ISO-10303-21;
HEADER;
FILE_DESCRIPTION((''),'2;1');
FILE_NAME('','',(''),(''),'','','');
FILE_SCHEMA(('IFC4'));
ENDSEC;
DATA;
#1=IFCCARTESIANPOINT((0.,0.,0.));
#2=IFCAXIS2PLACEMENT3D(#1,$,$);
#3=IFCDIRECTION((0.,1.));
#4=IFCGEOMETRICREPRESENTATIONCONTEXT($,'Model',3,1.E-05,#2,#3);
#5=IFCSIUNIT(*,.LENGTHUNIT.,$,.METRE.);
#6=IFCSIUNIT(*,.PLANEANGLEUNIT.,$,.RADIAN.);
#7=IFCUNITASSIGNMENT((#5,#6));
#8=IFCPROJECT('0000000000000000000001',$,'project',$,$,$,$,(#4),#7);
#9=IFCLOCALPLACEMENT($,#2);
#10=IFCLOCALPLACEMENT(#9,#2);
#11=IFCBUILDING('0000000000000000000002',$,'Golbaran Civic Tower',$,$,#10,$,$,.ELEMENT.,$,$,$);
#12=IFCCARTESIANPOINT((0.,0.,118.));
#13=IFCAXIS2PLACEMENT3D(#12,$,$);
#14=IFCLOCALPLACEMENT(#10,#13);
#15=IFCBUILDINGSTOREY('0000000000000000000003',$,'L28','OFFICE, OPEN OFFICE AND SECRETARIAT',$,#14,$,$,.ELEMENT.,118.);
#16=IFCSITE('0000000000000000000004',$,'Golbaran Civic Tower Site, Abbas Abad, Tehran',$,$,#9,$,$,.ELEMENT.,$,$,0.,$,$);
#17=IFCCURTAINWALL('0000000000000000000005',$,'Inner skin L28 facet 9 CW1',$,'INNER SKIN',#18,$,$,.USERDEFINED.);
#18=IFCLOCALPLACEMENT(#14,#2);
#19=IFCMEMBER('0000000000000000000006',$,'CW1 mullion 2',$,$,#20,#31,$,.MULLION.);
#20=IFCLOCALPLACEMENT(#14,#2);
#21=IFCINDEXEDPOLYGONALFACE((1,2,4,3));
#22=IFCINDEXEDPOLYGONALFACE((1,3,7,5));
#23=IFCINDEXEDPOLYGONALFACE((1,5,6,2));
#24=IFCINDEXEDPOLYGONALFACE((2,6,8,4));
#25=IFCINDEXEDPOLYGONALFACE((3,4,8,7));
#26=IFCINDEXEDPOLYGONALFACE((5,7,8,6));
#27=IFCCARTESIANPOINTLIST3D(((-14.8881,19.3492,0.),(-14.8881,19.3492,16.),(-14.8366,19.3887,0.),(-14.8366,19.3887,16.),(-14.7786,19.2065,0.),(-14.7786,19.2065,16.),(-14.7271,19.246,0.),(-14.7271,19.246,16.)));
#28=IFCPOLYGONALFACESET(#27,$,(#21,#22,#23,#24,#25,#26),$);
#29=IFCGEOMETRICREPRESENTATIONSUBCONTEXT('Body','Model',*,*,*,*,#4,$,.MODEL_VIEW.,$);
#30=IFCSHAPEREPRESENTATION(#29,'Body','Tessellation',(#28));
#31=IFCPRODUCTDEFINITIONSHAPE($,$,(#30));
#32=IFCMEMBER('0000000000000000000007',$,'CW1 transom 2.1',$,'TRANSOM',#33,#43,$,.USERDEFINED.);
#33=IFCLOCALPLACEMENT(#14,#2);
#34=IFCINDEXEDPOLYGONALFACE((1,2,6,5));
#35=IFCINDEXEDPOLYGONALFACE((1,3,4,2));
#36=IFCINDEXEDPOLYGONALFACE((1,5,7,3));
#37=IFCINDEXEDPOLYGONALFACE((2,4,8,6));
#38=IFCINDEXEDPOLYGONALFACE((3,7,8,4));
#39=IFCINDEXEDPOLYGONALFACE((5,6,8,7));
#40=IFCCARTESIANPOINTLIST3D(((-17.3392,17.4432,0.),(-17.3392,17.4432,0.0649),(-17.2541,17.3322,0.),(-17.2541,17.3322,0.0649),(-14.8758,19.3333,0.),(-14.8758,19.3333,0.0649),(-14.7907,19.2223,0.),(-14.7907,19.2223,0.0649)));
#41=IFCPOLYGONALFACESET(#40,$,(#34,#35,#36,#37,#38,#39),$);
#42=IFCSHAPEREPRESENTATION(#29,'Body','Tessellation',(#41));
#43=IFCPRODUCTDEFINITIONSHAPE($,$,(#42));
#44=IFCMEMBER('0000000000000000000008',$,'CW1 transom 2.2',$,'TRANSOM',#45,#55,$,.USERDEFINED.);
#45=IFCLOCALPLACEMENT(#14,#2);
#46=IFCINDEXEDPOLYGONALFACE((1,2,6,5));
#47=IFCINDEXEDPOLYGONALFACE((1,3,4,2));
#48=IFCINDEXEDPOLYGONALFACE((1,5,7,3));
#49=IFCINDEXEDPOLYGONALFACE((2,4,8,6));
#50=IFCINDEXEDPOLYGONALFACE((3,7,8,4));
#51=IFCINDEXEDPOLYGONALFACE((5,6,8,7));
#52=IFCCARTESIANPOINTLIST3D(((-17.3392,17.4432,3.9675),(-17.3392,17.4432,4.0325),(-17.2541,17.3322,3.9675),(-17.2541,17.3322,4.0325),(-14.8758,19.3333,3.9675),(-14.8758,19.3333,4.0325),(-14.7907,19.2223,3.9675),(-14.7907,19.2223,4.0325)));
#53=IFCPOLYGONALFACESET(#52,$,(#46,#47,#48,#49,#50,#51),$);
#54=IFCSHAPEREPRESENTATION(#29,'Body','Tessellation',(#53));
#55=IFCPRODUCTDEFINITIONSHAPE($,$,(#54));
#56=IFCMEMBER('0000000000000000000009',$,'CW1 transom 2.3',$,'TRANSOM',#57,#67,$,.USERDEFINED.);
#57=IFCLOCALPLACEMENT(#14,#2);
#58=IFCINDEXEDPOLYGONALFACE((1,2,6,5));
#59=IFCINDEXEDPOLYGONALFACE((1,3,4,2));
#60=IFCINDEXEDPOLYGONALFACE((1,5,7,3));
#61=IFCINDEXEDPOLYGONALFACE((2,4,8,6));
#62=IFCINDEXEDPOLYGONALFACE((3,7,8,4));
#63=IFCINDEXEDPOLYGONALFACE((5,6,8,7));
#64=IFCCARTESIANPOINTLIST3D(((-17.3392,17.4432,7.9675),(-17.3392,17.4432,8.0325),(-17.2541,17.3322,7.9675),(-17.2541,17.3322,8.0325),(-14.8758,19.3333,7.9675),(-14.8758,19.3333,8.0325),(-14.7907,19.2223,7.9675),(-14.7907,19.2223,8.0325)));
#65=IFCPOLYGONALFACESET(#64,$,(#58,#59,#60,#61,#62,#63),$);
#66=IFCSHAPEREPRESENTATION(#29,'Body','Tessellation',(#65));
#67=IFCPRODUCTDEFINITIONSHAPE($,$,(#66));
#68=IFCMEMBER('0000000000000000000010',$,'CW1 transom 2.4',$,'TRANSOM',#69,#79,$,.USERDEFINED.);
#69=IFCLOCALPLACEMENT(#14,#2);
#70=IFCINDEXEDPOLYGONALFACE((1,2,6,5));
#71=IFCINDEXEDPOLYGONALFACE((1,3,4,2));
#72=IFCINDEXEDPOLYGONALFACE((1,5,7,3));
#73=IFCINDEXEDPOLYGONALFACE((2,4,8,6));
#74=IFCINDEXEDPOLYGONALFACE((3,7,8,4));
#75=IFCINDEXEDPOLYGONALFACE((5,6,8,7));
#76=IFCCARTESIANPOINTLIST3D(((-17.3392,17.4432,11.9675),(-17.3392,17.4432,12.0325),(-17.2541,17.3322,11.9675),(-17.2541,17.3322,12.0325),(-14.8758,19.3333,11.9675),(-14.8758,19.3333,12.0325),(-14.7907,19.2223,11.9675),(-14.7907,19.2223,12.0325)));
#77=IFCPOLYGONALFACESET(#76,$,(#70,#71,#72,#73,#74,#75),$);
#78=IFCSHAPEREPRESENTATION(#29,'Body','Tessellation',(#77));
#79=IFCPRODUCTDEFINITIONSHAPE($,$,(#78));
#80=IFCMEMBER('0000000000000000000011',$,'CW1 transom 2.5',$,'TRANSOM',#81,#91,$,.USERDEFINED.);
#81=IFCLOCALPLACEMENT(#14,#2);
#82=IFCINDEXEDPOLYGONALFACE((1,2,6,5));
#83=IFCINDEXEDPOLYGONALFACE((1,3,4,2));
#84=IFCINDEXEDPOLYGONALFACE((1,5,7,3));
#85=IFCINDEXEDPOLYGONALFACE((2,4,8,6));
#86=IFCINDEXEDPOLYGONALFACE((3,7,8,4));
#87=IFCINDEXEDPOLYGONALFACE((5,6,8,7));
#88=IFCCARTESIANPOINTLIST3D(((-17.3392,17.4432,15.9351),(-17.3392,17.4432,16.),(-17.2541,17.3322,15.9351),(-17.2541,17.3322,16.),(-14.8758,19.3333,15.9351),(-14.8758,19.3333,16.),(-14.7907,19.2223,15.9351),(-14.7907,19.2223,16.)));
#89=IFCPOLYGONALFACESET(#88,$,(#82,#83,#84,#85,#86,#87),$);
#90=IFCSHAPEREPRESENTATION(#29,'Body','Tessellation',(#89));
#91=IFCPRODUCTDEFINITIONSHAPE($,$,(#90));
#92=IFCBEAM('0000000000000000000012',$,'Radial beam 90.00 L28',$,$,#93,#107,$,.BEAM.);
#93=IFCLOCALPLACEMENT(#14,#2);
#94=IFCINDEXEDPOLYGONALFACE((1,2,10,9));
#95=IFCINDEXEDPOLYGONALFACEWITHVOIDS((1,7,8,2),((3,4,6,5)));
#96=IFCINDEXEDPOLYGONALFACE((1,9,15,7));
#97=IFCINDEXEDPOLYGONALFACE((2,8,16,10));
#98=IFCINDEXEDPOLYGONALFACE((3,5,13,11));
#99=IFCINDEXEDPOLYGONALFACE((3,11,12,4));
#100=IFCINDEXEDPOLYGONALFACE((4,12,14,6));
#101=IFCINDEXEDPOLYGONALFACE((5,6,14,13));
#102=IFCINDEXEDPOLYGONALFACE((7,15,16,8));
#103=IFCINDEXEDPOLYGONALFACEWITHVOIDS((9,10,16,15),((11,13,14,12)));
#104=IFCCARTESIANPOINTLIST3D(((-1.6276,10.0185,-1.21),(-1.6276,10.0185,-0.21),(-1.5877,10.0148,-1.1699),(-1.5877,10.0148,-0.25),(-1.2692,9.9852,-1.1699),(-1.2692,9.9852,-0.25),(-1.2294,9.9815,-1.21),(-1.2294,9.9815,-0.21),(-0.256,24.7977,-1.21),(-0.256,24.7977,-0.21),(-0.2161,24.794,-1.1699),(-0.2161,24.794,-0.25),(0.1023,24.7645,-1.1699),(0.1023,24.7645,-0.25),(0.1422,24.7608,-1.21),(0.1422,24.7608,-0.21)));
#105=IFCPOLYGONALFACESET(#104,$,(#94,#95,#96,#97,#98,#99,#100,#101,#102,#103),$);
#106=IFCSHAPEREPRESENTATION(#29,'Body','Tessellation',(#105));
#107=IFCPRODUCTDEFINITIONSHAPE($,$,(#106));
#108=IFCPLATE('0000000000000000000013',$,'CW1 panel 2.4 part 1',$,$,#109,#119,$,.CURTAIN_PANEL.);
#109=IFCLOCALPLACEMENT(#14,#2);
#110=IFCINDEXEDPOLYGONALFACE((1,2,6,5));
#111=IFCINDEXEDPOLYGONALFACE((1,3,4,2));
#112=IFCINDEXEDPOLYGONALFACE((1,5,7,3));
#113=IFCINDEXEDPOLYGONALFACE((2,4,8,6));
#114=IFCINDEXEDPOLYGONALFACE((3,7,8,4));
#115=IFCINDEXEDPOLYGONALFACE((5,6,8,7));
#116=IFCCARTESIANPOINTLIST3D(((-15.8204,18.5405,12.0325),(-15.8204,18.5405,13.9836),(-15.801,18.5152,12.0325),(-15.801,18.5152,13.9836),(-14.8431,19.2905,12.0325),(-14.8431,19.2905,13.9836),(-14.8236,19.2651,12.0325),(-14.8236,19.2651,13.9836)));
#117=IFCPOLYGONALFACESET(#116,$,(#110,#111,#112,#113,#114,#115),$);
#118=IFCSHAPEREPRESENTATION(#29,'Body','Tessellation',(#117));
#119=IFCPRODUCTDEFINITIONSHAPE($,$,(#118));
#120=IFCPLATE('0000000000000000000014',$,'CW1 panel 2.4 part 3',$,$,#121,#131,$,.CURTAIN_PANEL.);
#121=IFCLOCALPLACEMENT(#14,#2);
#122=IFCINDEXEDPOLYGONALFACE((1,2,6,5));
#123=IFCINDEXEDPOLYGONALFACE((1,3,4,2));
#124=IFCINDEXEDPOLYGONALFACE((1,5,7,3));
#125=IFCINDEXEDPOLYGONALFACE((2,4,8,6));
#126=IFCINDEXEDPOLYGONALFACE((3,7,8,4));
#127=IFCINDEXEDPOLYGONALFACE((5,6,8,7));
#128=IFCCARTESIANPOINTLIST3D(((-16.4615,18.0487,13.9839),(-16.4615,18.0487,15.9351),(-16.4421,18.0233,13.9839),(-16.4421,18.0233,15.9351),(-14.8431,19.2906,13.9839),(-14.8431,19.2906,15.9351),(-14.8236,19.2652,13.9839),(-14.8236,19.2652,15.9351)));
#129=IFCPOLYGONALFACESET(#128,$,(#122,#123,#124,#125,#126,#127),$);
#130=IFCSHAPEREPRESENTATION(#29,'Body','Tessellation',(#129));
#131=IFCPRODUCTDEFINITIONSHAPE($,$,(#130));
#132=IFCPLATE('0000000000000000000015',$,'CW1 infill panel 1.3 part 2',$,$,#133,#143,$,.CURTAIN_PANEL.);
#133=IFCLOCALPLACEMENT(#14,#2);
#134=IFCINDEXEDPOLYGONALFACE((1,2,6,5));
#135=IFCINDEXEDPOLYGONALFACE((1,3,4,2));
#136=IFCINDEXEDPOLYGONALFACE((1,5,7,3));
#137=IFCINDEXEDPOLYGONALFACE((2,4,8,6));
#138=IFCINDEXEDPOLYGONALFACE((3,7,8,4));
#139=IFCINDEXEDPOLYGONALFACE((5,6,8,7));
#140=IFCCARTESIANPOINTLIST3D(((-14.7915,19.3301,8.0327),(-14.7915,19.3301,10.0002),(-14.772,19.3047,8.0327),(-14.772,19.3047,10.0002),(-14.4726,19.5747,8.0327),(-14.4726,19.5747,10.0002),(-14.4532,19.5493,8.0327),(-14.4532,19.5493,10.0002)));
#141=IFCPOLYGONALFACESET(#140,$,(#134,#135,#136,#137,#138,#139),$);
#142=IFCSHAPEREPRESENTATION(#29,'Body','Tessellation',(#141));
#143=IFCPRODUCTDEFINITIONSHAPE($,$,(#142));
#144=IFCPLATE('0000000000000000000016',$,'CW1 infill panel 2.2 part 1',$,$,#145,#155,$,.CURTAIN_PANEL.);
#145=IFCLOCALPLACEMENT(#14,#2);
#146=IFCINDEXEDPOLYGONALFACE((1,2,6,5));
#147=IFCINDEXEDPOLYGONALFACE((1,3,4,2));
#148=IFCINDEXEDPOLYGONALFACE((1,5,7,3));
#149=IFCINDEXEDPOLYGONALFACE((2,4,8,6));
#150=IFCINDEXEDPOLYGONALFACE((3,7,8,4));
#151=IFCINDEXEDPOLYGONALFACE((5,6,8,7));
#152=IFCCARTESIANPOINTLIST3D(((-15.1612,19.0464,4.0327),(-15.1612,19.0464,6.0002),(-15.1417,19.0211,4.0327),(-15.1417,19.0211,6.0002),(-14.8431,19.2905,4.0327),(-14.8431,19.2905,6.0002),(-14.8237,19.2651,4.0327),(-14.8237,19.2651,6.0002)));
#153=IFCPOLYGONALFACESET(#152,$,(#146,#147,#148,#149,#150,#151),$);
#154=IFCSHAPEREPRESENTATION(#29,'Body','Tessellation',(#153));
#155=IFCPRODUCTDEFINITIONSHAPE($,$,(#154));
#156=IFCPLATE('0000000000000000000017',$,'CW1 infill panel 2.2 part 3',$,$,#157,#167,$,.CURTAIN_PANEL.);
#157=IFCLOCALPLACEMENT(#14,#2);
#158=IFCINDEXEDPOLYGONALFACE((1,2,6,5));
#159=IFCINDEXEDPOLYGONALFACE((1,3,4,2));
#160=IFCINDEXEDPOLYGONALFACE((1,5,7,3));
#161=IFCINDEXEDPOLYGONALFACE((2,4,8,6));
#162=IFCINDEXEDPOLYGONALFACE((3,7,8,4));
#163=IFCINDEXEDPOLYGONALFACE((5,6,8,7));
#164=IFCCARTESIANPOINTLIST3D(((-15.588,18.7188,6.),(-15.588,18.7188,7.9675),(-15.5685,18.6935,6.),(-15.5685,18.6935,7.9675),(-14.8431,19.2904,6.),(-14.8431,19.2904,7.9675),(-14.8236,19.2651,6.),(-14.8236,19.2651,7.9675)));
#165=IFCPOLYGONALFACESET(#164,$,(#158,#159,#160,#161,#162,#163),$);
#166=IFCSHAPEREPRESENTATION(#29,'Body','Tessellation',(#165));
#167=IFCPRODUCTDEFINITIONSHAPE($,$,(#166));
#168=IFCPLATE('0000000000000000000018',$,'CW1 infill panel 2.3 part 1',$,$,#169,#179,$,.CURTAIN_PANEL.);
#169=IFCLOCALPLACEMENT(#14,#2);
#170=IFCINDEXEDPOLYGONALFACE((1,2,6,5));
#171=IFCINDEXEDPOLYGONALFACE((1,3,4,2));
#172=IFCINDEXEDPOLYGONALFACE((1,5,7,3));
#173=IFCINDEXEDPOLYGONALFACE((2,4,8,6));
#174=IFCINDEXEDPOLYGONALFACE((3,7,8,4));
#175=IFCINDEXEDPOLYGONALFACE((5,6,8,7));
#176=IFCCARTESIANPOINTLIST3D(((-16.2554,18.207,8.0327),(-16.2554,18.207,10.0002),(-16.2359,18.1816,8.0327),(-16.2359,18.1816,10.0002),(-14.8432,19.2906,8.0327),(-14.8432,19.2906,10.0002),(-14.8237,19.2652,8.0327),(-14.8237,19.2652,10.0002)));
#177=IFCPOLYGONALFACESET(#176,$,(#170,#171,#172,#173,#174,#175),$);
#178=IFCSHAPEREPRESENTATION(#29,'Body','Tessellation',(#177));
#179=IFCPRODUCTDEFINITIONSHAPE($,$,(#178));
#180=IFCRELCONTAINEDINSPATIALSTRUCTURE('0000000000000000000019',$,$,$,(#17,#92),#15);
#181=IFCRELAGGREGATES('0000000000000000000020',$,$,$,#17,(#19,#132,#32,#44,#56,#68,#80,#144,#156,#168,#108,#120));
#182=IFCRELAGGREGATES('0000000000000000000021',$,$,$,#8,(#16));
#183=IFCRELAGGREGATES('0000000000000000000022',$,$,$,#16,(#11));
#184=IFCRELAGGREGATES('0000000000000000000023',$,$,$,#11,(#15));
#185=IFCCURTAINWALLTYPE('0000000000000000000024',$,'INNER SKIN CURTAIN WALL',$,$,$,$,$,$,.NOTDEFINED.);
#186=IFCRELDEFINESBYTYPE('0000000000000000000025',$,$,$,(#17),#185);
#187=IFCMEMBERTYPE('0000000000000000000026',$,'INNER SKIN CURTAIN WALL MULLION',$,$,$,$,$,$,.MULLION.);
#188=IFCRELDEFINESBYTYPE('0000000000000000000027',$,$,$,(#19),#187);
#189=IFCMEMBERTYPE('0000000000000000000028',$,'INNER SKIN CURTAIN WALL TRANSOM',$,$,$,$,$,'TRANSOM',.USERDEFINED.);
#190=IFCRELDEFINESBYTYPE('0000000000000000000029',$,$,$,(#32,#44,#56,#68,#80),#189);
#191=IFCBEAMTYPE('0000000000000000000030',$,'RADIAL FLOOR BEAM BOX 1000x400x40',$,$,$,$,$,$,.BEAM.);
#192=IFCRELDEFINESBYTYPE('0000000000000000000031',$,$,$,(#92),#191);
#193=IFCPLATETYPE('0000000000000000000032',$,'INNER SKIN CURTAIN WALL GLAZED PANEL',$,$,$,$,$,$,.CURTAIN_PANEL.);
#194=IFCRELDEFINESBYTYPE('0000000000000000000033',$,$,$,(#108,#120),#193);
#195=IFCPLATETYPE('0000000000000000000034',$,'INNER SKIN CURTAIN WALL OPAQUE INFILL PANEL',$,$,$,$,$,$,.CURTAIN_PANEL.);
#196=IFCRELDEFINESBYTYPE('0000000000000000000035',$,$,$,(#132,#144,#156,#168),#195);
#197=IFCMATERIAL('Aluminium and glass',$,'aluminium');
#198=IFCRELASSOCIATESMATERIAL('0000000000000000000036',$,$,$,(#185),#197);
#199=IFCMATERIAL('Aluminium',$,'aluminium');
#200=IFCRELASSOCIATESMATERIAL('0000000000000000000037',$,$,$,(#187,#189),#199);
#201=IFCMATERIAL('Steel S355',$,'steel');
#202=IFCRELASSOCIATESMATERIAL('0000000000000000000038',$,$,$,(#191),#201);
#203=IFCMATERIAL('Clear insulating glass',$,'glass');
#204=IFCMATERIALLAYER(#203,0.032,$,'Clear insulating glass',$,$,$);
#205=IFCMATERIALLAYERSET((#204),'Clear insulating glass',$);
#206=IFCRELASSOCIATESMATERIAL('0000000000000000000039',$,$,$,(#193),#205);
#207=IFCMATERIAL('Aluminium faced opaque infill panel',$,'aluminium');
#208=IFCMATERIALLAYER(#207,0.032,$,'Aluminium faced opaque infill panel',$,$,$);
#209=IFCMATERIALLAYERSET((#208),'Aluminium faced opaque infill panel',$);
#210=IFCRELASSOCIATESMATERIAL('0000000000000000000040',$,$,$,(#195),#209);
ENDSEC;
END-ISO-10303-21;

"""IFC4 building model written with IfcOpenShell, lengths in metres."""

from ifc_helpers import new_model, si_unit, direction, frame, origin, origin_2d, place, context, subcontext, project, spatial, rectangle, hollow_rectangle, extrude, material, layer, layer_set, material_profile, profile_set, type_object, element, aggregate, save


model = new_model("IFC4")

# Units and contexts
model_context = context("Model", 3, precision=1e-05, world=origin(), true_north=direction((0.0, 1.0)))
body_context = subcontext(model_context, "Body", "Model", "MODEL_VIEW")
ifc_project = project(units=[si_unit("LENGTHUNIT", "METRE"), si_unit("PLANEANGLEUNIT", "RADIAN")], contexts=[model_context])

# Site, building, storey
site_placement = place(None, origin())
site = spatial("IfcSite", under=ifc_project, at=site_placement, Name="Golbaran Civic Tower Site, Abbas Abad, Tehran", CompositionType="ELEMENT", RefElevation=0.0)
building_placement = place(site_placement, origin())
building = spatial("IfcBuilding", under=site, at=building_placement, Name="Golbaran Civic Tower", CompositionType="ELEMENT")
storey_placement = place(building_placement, frame((0.0, 0.0, 118.0)))
storey = spatial("IfcBuildingStorey", under=building, at=storey_placement, Name="L28", Description="OFFICE, OPEN OFFICE AND SECRETARIAT", CompositionType="ELEMENT", Elevation=118.0)

# Shared definitions
ifc_material_1 = material(Name="Steel S355", Category="steel")

# Curtain wall, members
ifc_material_2 = material(Name="Aluminium and glass", Category="aluminium")
curtain_wall_type = type_object("IfcCurtainWallType", Name="INNER SKIN CURTAIN WALL", PredefinedType="NOTDEFINED", material=ifc_material_2)
curtain_wall_placement = place(storey_placement, origin())
curtain_wall = element("IfcCurtainWall", 1, at=curtain_wall_placement, inside=storey, type_object=curtain_wall_type, Name="Inner skin L28 facet 9 CW1", ObjectType="INNER SKIN", PredefinedType="USERDEFINED")
ifc_material_3 = material(Name="Aluminium", Category="aluminium")
ifc_material_profile_1 = material_profile(ifc_material_3, rectangle(XDim=0.1799, YDim=0.0649, at=origin_2d()), Name="INNER SKIN CURTAIN WALL MULLION")
ifc_profile_set_1 = profile_set([ifc_material_profile_1], Name="Aluminium")
member_type_1 = type_object("IfcMemberType", Name="INNER SKIN CURTAIN WALL MULLION", PredefinedType="MULLION", material=ifc_profile_set_1)
member_1_placement = place(storey_placement, frame((-14.8076, 19.2976, 0.0), z_axis=(0.0, 0.0, 1.0), x_axis=(0.608761, -0.793353, 0.0)))
member_1 = element("IfcMember", 2, at=member_1_placement, type_object=member_type_1, Name="CW1 mullion 2", PredefinedType="MULLION", context=body_context, shape_type="SweptSolid", body=[
    extrude(rectangle(XDim=0.1799, YDim=0.0649, at=origin_2d()), origin(), (0.0, 0.0, 1.0), 16.0),
])
ifc_material_profile_2 = material_profile(ifc_material_3, rectangle(XDim=0.1399, YDim=0.0649, at=origin_2d()), Name="INNER SKIN CURTAIN WALL TRANSOM")
ifc_profile_set_2 = profile_set([ifc_material_profile_2], Name="Aluminium")
member_type_2 = type_object("IfcMemberType", Name="INNER SKIN CURTAIN WALL TRANSOM", ElementType="TRANSOM", PredefinedType="USERDEFINED", material=ifc_profile_set_2)
member_2_placement = place(storey_placement, frame((-14.8333, 19.2778, 0.0325), z_axis=(-0.793366, -0.608745, 0.0), x_axis=(0.608745, -0.793366, 0.0)))
member_2 = element("IfcMember", 3, at=member_2_placement, type_object=member_type_2, Name="CW1 transom 2.1", ObjectType="TRANSOM", PredefinedType="USERDEFINED", context=body_context, shape_type="SweptSolid", body=[
    extrude(rectangle(XDim=0.1399, YDim=0.0649, at=origin_2d()), origin(), (0.0, 0.0, 1.0), 3.105),
])
member_3_placement = place(storey_placement, frame((-14.8333, 19.2778, 4.0), z_axis=(-0.793366, -0.608745, 0.0), x_axis=(0.608745, -0.793366, 0.0)))
member_3 = element("IfcMember", 4, at=member_3_placement, type_object=member_type_2, Name="CW1 transom 2.2", ObjectType="TRANSOM", PredefinedType="USERDEFINED", context=body_context, shape_type="SweptSolid", body=[
    extrude(rectangle(XDim=0.1399, YDim=0.0649, at=origin_2d()), origin(), (0.0, 0.0, 1.0), 3.105),
])
member_4_placement = place(storey_placement, frame((-14.8333, 19.2778, 8.0), z_axis=(-0.793366, -0.608745, 0.0), x_axis=(0.608745, -0.793366, 0.0)))
member_4 = element("IfcMember", 5, at=member_4_placement, type_object=member_type_2, Name="CW1 transom 2.3", ObjectType="TRANSOM", PredefinedType="USERDEFINED", context=body_context, shape_type="SweptSolid", body=[
    extrude(rectangle(XDim=0.1399, YDim=0.0649, at=origin_2d()), origin(), (0.0, 0.0, 1.0), 3.105),
])
member_5_placement = place(storey_placement, frame((-14.8333, 19.2778, 12.0), z_axis=(-0.793366, -0.608745, 0.0), x_axis=(0.608745, -0.793366, 0.0)))
member_5 = element("IfcMember", 6, at=member_5_placement, type_object=member_type_2, Name="CW1 transom 2.4", ObjectType="TRANSOM", PredefinedType="USERDEFINED", context=body_context, shape_type="SweptSolid", body=[
    extrude(rectangle(XDim=0.1399, YDim=0.0649, at=origin_2d()), origin(), (0.0, 0.0, 1.0), 3.105),
])
member_6_placement = place(storey_placement, frame((-14.8333, 19.2778, 15.9675), z_axis=(-0.793366, -0.608745, 0.0), x_axis=(0.608745, -0.793366, 0.0)))
member_6 = element("IfcMember", 7, at=member_6_placement, type_object=member_type_2, Name="CW1 transom 2.5", ObjectType="TRANSOM", PredefinedType="USERDEFINED", context=body_context, shape_type="SweptSolid", body=[
    extrude(rectangle(XDim=0.1399, YDim=0.0649, at=origin_2d()), origin(), (0.0, 0.0, 1.0), 3.105),
])

# Beam
ifc_material_profile_3 = material_profile(ifc_material_1, hollow_rectangle(XDim=0.3999, YDim=1.0, WallThickness=0.04, at=origin_2d()), Name="BOX 1000x400x40")
ifc_profile_set_3 = profile_set([ifc_material_profile_3], Name="Steel S355")
beam_type_1 = type_object("IfcBeamType", Name="RADIAL FLOOR BEAM BOX 1000x400x40", PredefinedType="BEAM", material=ifc_profile_set_3)
beam_1_placement = place(storey_placement, frame((-1.4285, 10.0, -0.71), z_axis=(0.092407, 0.995721, 0.0), x_axis=(-0.995721, 0.092407, 0.0)))
element("IfcBeam", 8, at=beam_1_placement, inside=storey, type_object=beam_type_1, Name="Radial beam 90.00 L28", PredefinedType="BEAM", context=body_context, shape_type="SweptSolid", body=[
    extrude(hollow_rectangle(XDim=0.3999, YDim=1.0, WallThickness=0.04, at=origin_2d()), origin(), (0.0, 0.0, 1.0), 14.8428),
])

# Plates
ifc_material_4 = material(Name="Clear insulating glass", Category="glass")
ifc_layer_1 = layer(ifc_material_4, 0.032, Name="Clear insulating glass")
ifc_layer_set_1 = layer_set([ifc_layer_1], Name="Clear insulating glass")
plate_type_1 = type_object("IfcPlateType", Name="INNER SKIN CURTAIN WALL GLAZED PANEL", PredefinedType="CURTAIN_PANEL", material=ifc_layer_set_1)
plate_1_placement = place(storey_placement, frame((-15.322, 18.9028, 12.0325), z_axis=(0.0, 0.0, 1.0), x_axis=(-0.793353, -0.608761, 0.0)))
plate_1 = element("IfcPlate", 9, at=plate_1_placement, type_object=plate_type_1, Name="CW1 panel 2.4 part 1", PredefinedType="CURTAIN_PANEL", context=body_context, shape_type="SweptSolid", body=[
    extrude(rectangle(XDim=1.2319, YDim=0.032, at=origin_2d()), origin(), (0.0, 0.0, 1.0), 1.9512),
])
plate_2_placement = place(storey_placement, frame((-15.6426, 18.657, 13.9839), z_axis=(0.0, 0.0, 1.0), x_axis=(-0.793353, -0.608761, 0.0)))
plate_2 = element("IfcPlate", 10, at=plate_2_placement, type_object=plate_type_1, Name="CW1 panel 2.4 part 3", PredefinedType="CURTAIN_PANEL", context=body_context, shape_type="SweptSolid", body=[
    extrude(rectangle(XDim=2.04, YDim=0.032, at=origin_2d()), origin(), (0.0, 0.0, 1.0), 1.9512),
])
ifc_material_5 = material(Name="Aluminium faced opaque infill panel", Category="aluminium")
ifc_layer_2 = layer(ifc_material_5, 0.032, Name="Aluminium faced opaque infill panel")
ifc_layer_set_2 = layer_set([ifc_layer_2], Name="Aluminium faced opaque infill panel")
plate_type_2 = type_object("IfcPlateType", Name="INNER SKIN CURTAIN WALL OPAQUE INFILL PANEL", PredefinedType="CURTAIN_PANEL", material=ifc_layer_set_2)
plate_3_placement = place(storey_placement, frame((-14.6223, 19.4397, 8.0327), z_axis=(0.0, 0.0, 1.0), x_axis=(-0.793353, -0.608761, 0.0)))
plate_3 = element("IfcPlate", 11, at=plate_3_placement, type_object=plate_type_2, Name="CW1 infill panel 1.3 part 2", PredefinedType="CURTAIN_PANEL", context=body_context, shape_type="SweptSolid", body=[
    extrude(rectangle(XDim=0.4019, YDim=0.032, at=origin_2d()), origin(), (0.0, 0.0, 1.0), 1.9675),
])
plate_4_placement = place(storey_placement, frame((-14.9924, 19.1558, 4.0327), z_axis=(0.0, 0.0, 1.0), x_axis=(-0.793353, -0.608761, 0.0)))
plate_4 = element("IfcPlate", 12, at=plate_4_placement, type_object=plate_type_2, Name="CW1 infill panel 2.2 part 1", PredefinedType="CURTAIN_PANEL", context=body_context, shape_type="SweptSolid", body=[
    extrude(rectangle(XDim=0.4009, YDim=0.032, at=origin_2d()), origin(), (0.0, 0.0, 1.0), 1.9675),
])
plate_5_placement = place(storey_placement, frame((-15.2058, 18.9919, 6.0), z_axis=(0.0, 0.0, 1.0), x_axis=(-0.793353, -0.608761, 0.0)))
plate_5 = element("IfcPlate", 13, at=plate_5_placement, type_object=plate_type_2, Name="CW1 infill panel 2.2 part 3", PredefinedType="CURTAIN_PANEL", context=body_context, shape_type="SweptSolid", body=[
    extrude(rectangle(XDim=0.939, YDim=0.032, at=origin_2d()), origin(), (0.0, 0.0, 1.0), 1.9675),
])
plate_6_placement = place(storey_placement, frame((-15.5396, 18.7361, 8.0327), z_axis=(0.0, 0.0, 1.0), x_axis=(-0.793353, -0.608761, 0.0)))
plate_6 = element("IfcPlate", 14, at=plate_6_placement, type_object=plate_type_2, Name="CW1 infill panel 2.3 part 1", PredefinedType="CURTAIN_PANEL", context=body_context, shape_type="SweptSolid", body=[
    extrude(rectangle(XDim=1.78, YDim=0.032, at=origin_2d()), origin(), (0.0, 0.0, 1.0), 1.9675),
])
aggregate(curtain_wall, [member_1, plate_3, member_2, member_3, member_4, member_5, member_6, plate_4, plate_5, plate_6, plate_1, plate_2])

save(model, "model.ifc")
